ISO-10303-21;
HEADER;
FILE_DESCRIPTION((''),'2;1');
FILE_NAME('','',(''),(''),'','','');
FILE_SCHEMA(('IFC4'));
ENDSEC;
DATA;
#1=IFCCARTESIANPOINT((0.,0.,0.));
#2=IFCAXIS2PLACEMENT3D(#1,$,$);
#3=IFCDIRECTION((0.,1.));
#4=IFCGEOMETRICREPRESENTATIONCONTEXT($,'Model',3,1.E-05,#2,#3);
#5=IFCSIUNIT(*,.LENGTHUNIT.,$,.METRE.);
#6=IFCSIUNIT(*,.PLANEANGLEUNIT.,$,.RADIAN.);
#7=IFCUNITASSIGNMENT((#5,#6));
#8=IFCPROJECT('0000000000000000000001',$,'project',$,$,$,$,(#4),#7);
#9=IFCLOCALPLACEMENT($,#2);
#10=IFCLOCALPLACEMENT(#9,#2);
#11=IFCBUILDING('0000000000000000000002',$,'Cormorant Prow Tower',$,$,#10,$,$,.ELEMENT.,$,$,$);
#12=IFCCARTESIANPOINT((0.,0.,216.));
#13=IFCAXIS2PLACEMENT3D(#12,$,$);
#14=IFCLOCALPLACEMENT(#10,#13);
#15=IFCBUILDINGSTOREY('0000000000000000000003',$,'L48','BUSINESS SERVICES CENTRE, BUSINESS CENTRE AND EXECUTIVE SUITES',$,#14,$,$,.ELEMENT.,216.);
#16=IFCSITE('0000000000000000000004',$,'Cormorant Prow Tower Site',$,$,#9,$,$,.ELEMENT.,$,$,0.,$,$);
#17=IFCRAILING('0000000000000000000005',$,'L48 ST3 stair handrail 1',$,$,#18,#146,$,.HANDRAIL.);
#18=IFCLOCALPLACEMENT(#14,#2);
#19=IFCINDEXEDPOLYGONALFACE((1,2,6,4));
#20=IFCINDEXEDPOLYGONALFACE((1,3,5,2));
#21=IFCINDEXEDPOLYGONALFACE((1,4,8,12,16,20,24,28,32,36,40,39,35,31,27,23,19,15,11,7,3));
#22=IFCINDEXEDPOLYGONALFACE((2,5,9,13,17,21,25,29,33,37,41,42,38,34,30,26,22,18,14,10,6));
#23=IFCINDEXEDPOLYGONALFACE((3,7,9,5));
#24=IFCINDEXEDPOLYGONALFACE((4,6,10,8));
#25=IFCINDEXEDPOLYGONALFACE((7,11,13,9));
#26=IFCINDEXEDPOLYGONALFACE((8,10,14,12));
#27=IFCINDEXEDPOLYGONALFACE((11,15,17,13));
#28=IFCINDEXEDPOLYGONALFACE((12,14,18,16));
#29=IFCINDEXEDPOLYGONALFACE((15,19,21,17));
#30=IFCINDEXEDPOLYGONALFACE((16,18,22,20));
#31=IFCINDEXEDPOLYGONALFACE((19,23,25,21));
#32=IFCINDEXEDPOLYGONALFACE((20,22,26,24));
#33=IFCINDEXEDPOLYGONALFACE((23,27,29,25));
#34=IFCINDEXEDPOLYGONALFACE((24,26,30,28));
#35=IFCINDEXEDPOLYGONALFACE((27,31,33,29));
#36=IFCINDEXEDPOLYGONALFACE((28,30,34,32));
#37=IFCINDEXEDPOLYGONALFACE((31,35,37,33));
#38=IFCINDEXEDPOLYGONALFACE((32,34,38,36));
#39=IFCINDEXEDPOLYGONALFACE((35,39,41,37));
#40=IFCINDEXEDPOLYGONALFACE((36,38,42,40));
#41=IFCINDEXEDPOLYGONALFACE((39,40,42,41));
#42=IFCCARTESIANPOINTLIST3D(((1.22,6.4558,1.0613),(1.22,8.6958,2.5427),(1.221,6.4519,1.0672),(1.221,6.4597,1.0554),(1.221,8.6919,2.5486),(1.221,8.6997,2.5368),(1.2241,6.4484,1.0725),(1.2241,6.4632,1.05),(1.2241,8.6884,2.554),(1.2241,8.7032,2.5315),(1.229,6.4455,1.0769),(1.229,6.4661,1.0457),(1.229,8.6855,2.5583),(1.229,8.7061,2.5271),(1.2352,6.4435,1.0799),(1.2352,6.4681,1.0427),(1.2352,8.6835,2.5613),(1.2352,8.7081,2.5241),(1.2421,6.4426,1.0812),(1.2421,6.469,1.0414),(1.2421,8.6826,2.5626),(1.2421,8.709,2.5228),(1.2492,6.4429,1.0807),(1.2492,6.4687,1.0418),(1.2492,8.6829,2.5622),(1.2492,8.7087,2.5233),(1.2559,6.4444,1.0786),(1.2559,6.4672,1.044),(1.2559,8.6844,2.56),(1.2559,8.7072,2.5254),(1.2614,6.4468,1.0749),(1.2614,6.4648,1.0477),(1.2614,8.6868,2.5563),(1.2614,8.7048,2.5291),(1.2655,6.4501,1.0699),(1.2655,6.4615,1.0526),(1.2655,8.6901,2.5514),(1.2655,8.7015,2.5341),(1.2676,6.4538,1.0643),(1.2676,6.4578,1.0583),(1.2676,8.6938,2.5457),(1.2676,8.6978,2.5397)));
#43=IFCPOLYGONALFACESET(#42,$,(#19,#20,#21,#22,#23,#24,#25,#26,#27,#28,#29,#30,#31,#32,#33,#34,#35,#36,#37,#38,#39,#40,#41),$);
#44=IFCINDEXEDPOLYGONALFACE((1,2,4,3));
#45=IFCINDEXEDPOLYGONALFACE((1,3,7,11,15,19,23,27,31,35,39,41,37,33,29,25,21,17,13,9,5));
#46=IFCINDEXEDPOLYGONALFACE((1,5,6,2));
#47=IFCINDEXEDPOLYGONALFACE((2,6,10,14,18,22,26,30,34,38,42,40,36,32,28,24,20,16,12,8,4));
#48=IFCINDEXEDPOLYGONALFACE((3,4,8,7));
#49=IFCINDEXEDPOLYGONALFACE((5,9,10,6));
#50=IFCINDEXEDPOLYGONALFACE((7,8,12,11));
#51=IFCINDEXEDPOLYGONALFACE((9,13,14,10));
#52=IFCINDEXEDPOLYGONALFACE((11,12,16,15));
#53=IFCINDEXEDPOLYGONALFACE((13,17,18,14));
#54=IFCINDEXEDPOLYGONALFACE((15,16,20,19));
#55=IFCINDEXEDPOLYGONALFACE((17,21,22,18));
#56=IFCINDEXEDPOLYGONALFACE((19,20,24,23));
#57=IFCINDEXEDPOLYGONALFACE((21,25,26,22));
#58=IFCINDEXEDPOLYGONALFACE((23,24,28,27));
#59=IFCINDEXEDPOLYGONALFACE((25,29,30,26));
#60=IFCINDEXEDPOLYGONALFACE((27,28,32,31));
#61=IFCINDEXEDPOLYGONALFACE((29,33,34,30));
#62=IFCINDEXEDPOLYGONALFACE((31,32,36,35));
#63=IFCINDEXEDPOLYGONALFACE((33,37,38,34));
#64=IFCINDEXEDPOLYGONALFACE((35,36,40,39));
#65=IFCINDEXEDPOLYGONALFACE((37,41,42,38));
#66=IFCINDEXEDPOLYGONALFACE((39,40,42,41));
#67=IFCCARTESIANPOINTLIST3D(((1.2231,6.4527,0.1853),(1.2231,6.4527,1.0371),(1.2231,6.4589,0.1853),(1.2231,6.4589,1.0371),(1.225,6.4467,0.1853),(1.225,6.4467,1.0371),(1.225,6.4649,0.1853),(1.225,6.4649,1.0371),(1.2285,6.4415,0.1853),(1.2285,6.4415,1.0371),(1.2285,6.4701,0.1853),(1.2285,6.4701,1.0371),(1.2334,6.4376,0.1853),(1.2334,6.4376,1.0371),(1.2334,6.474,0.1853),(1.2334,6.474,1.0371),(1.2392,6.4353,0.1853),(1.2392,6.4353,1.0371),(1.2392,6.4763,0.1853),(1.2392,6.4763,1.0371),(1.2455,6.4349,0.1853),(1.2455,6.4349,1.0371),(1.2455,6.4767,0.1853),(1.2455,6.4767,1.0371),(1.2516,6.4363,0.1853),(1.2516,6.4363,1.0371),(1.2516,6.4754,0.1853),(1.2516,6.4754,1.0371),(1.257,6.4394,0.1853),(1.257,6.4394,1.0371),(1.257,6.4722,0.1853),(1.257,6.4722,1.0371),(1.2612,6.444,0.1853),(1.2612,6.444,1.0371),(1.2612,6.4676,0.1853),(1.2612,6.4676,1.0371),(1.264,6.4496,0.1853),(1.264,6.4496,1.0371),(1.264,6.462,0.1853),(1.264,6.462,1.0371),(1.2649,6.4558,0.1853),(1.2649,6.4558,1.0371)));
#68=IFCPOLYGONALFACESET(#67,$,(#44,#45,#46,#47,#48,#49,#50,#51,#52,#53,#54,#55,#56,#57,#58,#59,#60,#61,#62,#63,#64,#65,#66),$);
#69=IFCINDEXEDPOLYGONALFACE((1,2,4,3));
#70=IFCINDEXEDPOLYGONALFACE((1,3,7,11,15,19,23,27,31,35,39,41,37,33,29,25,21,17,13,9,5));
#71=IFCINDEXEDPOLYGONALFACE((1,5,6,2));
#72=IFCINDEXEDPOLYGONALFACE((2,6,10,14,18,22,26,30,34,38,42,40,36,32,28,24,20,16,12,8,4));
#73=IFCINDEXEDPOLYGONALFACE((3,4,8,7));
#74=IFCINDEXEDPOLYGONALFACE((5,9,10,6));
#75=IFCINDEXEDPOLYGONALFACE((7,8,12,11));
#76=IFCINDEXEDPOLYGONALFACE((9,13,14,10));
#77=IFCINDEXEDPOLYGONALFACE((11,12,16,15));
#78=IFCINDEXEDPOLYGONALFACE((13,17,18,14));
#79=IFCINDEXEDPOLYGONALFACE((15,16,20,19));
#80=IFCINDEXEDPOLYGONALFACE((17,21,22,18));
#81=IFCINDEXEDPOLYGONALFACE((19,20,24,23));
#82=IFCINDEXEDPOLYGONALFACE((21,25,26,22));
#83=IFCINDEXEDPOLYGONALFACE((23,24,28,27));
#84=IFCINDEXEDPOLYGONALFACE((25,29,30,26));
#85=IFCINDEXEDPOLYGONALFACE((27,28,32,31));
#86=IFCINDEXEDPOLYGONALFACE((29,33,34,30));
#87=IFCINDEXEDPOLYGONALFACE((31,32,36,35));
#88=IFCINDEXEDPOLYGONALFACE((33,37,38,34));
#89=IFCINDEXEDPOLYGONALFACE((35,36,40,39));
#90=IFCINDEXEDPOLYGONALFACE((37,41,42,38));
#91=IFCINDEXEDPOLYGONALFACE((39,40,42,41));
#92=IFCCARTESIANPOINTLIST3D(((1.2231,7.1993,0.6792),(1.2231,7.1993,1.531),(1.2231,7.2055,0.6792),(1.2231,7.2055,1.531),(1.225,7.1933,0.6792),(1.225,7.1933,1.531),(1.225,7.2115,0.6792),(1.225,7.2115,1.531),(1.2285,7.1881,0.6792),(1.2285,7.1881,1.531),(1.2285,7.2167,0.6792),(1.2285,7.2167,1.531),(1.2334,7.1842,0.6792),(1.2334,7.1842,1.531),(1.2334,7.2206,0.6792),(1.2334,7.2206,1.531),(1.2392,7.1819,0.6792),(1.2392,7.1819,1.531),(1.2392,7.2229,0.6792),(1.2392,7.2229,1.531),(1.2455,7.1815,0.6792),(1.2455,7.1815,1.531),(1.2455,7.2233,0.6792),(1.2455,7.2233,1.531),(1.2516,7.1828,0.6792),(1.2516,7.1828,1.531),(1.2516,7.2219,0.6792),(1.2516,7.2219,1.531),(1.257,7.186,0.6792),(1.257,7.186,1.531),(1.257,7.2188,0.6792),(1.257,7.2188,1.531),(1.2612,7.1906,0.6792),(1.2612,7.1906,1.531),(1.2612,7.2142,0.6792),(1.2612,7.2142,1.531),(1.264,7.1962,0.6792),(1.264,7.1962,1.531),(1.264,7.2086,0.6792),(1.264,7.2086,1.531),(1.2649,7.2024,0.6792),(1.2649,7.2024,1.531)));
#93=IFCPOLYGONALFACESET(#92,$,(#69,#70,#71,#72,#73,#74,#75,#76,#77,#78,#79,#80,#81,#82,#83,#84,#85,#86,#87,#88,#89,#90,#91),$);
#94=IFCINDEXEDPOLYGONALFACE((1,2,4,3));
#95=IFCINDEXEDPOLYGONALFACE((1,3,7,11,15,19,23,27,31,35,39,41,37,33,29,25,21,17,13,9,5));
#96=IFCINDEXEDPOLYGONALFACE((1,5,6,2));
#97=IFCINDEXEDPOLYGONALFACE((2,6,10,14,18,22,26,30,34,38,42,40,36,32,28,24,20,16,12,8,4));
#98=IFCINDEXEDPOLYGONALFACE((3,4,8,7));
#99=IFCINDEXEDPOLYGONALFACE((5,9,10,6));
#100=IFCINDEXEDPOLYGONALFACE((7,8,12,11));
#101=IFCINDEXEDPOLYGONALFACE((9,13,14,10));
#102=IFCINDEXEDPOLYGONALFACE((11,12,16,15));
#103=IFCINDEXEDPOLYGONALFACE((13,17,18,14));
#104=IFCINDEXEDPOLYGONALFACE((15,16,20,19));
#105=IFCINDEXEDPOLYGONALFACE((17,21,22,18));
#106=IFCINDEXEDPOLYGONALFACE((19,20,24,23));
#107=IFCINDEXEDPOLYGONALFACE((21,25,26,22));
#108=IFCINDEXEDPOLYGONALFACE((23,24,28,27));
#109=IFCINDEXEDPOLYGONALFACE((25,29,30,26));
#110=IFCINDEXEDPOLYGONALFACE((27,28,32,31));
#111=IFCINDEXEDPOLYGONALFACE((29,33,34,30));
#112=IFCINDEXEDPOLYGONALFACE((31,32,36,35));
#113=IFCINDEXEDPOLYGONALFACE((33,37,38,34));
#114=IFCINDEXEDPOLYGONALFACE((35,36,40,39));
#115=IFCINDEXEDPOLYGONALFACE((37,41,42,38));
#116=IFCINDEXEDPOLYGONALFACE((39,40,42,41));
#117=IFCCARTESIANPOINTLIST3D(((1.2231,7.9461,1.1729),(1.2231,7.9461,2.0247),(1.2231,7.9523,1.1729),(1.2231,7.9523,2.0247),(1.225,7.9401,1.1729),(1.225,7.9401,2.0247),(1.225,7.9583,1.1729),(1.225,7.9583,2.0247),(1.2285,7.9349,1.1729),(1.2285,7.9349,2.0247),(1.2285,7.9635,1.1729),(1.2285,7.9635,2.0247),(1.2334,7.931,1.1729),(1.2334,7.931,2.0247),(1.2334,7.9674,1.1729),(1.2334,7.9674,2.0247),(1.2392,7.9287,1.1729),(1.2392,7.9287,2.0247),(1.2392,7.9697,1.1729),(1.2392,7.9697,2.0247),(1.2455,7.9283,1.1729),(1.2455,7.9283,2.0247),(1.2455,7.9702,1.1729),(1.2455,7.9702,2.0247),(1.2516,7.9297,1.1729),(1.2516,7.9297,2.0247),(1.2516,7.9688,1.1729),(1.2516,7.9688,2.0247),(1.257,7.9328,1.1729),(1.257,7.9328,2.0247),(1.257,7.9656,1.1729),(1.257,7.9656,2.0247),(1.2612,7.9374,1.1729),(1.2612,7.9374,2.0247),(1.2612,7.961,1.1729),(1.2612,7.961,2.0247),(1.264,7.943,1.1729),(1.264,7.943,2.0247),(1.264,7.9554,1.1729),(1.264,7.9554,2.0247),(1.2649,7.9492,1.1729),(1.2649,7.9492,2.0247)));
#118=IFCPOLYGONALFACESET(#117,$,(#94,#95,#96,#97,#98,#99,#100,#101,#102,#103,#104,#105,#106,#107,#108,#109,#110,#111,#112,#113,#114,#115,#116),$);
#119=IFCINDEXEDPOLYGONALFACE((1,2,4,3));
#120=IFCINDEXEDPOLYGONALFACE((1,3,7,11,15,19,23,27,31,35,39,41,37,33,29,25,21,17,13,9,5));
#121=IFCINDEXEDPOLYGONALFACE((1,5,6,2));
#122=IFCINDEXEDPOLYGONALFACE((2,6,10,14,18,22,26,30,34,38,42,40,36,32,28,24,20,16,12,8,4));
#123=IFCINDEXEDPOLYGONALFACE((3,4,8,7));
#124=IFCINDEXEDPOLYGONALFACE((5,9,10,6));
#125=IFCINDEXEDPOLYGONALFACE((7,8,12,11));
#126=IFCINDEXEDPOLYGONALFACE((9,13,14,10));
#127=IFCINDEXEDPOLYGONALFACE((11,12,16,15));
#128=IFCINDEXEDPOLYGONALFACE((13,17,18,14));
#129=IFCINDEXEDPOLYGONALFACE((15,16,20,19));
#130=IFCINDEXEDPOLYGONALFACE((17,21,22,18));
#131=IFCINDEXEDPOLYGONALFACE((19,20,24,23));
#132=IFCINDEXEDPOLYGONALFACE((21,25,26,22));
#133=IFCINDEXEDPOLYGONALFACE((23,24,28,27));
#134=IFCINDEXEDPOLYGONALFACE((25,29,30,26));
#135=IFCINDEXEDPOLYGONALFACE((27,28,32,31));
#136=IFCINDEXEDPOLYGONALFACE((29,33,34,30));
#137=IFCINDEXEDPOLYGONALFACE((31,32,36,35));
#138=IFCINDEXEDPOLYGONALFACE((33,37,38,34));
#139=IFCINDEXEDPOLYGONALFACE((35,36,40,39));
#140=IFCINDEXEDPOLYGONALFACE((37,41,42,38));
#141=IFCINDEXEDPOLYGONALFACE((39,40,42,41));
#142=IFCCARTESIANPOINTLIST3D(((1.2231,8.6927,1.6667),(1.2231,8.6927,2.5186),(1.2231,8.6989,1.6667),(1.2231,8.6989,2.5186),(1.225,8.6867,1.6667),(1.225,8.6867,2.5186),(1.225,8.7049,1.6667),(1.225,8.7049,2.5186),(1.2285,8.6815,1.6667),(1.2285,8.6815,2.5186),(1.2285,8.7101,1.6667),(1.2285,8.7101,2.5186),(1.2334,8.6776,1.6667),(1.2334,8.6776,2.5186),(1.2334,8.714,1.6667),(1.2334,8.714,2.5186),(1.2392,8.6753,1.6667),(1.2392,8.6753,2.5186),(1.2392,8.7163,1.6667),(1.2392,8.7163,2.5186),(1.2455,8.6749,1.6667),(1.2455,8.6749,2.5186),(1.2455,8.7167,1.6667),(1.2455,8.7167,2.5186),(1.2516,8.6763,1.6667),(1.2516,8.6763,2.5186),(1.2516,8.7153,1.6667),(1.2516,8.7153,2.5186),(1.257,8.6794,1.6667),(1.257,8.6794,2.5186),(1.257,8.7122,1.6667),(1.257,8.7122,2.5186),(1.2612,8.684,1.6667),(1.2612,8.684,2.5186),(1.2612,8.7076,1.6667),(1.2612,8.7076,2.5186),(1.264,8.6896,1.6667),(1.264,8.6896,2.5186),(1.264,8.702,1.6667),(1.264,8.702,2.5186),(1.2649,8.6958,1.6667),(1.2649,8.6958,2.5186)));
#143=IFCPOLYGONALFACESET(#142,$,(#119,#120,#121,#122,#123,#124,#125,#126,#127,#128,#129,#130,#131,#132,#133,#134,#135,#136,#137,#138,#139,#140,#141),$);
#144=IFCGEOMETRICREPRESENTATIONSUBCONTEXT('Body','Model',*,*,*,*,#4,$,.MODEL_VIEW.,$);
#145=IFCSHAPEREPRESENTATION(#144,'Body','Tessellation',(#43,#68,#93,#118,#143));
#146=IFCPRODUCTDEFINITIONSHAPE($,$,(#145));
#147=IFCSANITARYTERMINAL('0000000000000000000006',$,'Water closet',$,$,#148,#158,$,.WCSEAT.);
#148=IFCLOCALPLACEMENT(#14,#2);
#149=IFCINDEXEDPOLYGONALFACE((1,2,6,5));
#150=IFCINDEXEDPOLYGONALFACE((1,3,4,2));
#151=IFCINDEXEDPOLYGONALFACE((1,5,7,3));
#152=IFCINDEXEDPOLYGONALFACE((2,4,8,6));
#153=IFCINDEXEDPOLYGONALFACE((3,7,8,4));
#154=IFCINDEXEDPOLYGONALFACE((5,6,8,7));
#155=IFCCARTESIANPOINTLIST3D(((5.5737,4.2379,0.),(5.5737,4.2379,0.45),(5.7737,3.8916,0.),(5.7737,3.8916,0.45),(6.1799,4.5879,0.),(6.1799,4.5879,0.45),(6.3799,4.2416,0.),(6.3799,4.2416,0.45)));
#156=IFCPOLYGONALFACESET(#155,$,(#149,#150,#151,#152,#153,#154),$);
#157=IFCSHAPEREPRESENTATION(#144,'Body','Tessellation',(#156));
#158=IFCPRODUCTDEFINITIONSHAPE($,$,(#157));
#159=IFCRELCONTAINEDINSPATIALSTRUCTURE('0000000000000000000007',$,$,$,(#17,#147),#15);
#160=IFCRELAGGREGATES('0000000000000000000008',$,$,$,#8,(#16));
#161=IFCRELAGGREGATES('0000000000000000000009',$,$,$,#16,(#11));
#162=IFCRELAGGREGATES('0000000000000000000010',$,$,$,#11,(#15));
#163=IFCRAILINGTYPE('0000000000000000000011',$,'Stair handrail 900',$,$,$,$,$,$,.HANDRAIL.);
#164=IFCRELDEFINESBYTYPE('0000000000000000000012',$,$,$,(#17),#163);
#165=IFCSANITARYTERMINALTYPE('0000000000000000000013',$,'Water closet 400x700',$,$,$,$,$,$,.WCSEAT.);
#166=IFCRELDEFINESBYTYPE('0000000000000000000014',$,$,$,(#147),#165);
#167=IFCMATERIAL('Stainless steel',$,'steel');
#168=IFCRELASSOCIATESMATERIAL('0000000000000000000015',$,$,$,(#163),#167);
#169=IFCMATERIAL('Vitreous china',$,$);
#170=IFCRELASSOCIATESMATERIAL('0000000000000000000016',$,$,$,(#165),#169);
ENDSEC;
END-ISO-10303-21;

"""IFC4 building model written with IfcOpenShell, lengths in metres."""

from ifc_helpers import new_model, si_unit, direction, frame, origin, origin_2d, place, context, subcontext, project, spatial, rectangle, circle, extrude, material, type_object, element, save


model = new_model("IFC4")

# Units and contexts
model_context = context("Model", 3, precision=1e-05, world=origin(), true_north=direction((0.0, 1.0)))
body_context = subcontext(model_context, "Body", "Model", "MODEL_VIEW")
ifc_project = project(units=[si_unit("LENGTHUNIT", "METRE"), si_unit("PLANEANGLEUNIT", "RADIAN")], contexts=[model_context])

# Site, building, storey
site_placement = place(None, origin())
site = spatial("IfcSite", under=ifc_project, at=site_placement, Name="Cormorant Prow Tower Site", CompositionType="ELEMENT", RefElevation=0.0)
building_placement = place(site_placement, origin())
building = spatial("IfcBuilding", under=site, at=building_placement, Name="Cormorant Prow Tower", CompositionType="ELEMENT")
storey_placement = place(building_placement, frame((0.0, 0.0, 216.0)))
storey = spatial("IfcBuildingStorey", under=building, at=storey_placement, Name="L48", Description="BUSINESS SERVICES CENTRE, BUSINESS CENTRE AND EXECUTIVE SUITES", CompositionType="ELEMENT", Elevation=216.0)

# Railing
ifc_material_1 = material(Name="Stainless steel", Category="steel")
railing_type_1 = type_object("IfcRailingType", Name="Stair handrail 900", PredefinedType="HANDRAIL", material=ifc_material_1)
railing_1_placement = place(storey_placement, frame((1.2439, 6.4558, 0.1853)))
element("IfcRailing", 1, at=railing_1_placement, inside=storey, type_object=railing_type_1, Name="L48 ST3 stair handrail 1", PredefinedType="HANDRAIL", context=body_context, shape_type="SweptSolid", body=[
    extrude(circle(Radius=0.0239, at=origin_2d()), frame((0.0, 0.0, 0.876), z_axis=(0.0, 0.834087, 0.551634), x_axis=(-1.0, 0.0, 0.0)), (0.0, 0.0, 1.0), 2.6855),
    extrude(circle(Radius=0.021, at=origin_2d()), origin(), (0.0, 0.0, 1.0), 0.8518),
    extrude(circle(Radius=0.021, at=origin_2d()), frame((0.0, 0.7466, 0.4939)), (0.0, 0.0, 1.0), 0.8518),
    extrude(circle(Radius=0.021, at=origin_2d()), frame((0.0, 1.4934, 0.9875)), (0.0, 0.0, 1.0), 0.8518),
    extrude(circle(Radius=0.021, at=origin_2d()), frame((0.0, 2.24, 1.4814)), (0.0, 0.0, 1.0), 0.8518),
])

# Sanitary terminal
ifc_material_2 = material(Name="Vitreous china")
sanitary_terminal_type = type_object("IfcSanitaryTerminalType", Name="Water closet 400x700", PredefinedType="WCSEAT", material=ifc_material_2)
sanitary_terminal_placement = place(storey_placement, frame((5.9768, 4.2397, 0.0), z_axis=(0.0, 0.0, 1.0), x_axis=(0.499985, -0.866034, 0.0)))
element("IfcSanitaryTerminal", 2, at=sanitary_terminal_placement, inside=storey, type_object=sanitary_terminal_type, Name="Water closet", PredefinedType="WCSEAT", context=body_context, shape_type="SweptSolid", body=[
    extrude(rectangle(XDim=0.3999, YDim=0.7, at=origin_2d()), origin(), (0.0, 0.0, 1.0), 0.45),
])

save(model, "model.ifc")
